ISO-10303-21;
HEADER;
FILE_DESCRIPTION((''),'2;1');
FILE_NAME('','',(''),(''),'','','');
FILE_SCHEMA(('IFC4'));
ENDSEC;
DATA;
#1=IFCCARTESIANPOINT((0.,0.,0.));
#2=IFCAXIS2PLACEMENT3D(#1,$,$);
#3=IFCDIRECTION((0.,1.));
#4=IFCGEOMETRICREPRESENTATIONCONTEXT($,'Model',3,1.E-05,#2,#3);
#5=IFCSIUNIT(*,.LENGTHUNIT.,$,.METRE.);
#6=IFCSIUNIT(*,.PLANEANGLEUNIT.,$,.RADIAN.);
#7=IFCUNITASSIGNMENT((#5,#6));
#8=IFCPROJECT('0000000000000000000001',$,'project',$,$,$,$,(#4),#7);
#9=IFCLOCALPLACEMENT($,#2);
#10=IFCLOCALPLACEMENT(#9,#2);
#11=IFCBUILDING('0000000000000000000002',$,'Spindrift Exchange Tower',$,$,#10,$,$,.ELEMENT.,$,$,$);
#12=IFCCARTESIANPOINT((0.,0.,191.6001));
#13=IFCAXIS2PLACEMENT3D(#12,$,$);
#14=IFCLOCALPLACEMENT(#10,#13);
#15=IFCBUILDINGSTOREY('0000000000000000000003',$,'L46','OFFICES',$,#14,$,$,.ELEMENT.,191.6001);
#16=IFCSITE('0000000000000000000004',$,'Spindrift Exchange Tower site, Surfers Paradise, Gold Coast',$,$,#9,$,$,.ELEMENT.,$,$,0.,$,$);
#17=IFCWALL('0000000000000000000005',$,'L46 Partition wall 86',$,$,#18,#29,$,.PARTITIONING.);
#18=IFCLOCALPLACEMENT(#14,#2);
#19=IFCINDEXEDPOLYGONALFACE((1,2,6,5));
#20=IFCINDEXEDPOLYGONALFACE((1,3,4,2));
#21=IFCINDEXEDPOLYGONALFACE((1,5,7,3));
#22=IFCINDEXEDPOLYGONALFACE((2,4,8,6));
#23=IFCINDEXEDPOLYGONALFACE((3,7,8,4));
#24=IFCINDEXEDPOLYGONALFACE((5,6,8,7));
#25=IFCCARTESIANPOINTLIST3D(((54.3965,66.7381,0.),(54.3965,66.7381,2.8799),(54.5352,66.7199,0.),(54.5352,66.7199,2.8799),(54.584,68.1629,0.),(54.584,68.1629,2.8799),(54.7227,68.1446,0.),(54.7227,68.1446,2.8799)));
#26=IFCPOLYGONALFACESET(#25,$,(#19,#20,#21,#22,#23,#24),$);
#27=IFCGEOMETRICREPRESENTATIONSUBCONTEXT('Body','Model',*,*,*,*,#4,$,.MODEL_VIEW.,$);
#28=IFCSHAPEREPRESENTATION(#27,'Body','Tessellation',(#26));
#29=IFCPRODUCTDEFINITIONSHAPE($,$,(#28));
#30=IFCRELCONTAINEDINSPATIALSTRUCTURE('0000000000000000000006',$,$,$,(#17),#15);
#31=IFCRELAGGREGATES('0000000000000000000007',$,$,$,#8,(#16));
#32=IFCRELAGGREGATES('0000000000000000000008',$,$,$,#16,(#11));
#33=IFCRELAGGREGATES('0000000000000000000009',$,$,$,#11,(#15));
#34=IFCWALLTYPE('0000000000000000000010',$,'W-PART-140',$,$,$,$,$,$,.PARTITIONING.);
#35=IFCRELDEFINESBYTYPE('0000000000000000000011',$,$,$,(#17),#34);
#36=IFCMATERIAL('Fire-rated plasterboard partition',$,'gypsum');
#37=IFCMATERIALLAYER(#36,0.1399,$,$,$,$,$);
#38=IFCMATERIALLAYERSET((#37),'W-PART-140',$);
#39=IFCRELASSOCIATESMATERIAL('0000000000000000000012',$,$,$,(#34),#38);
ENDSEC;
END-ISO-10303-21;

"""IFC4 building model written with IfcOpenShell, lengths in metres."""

from ifc_helpers import new_model, si_unit, direction, frame, frame_2d, origin, place, context, subcontext, project, spatial, rectangle, extrude, material, layer, layer_set, type_object, element, save


model = new_model("IFC4")

# Units and contexts
model_context = context("Model", 3, precision=1e-05, world=origin(), true_north=direction((0.0, 1.0)))
body_context = subcontext(model_context, "Body", "Model", "MODEL_VIEW")
ifc_project = project(units=[si_unit("LENGTHUNIT", "METRE"), si_unit("PLANEANGLEUNIT", "RADIAN")], contexts=[model_context])

# Site, building, storey
site_placement = place(None, origin())
site = spatial("IfcSite", under=ifc_project, at=site_placement, Name="Spindrift Exchange Tower site, Surfers Paradise, Gold Coast", CompositionType="ELEMENT", RefElevation=0.0)
building_placement = place(site_placement, origin())
building = spatial("IfcBuilding", under=site, at=building_placement, Name="Spindrift Exchange Tower", CompositionType="ELEMENT")
storey_placement = place(building_placement, frame((0.0, 0.0, 191.6001)))
storey = spatial("IfcBuildingStorey", under=building, at=storey_placement, Name="L46", Description="OFFICES", CompositionType="ELEMENT", Elevation=191.6001)

# Shared definitions
ifc_material_1 = material(Name="Fire-rated plasterboard partition", Category="gypsum")
ifc_layer_1 = layer(ifc_material_1, 0.1399)
ifc_layer_set_1 = layer_set([ifc_layer_1], Name="W-PART-140")
wall_type = type_object("IfcWallType", Name="W-PART-140", PredefinedType="PARTITIONING", material=ifc_layer_set_1)

# Wall
wall_1_placement = place(storey_placement, frame((54.4658, 66.729, 0.0), z_axis=(0.0, 0.0, 1.0), x_axis=(0.130472, 0.991452, 0.0)))
element("IfcWall", 1, at=wall_1_placement, inside=storey, type_object=wall_type, Name="L46 Partition wall 86", PredefinedType="PARTITIONING", context=body_context, shape_type="SweptSolid", body=[
    extrude(rectangle(XDim=1.437, YDim=0.1399, at=frame_2d((0.7185, 0.0))), origin(), (0.0, 0.0, 1.0), 2.8799),
])

save(model, "model.ifc")
